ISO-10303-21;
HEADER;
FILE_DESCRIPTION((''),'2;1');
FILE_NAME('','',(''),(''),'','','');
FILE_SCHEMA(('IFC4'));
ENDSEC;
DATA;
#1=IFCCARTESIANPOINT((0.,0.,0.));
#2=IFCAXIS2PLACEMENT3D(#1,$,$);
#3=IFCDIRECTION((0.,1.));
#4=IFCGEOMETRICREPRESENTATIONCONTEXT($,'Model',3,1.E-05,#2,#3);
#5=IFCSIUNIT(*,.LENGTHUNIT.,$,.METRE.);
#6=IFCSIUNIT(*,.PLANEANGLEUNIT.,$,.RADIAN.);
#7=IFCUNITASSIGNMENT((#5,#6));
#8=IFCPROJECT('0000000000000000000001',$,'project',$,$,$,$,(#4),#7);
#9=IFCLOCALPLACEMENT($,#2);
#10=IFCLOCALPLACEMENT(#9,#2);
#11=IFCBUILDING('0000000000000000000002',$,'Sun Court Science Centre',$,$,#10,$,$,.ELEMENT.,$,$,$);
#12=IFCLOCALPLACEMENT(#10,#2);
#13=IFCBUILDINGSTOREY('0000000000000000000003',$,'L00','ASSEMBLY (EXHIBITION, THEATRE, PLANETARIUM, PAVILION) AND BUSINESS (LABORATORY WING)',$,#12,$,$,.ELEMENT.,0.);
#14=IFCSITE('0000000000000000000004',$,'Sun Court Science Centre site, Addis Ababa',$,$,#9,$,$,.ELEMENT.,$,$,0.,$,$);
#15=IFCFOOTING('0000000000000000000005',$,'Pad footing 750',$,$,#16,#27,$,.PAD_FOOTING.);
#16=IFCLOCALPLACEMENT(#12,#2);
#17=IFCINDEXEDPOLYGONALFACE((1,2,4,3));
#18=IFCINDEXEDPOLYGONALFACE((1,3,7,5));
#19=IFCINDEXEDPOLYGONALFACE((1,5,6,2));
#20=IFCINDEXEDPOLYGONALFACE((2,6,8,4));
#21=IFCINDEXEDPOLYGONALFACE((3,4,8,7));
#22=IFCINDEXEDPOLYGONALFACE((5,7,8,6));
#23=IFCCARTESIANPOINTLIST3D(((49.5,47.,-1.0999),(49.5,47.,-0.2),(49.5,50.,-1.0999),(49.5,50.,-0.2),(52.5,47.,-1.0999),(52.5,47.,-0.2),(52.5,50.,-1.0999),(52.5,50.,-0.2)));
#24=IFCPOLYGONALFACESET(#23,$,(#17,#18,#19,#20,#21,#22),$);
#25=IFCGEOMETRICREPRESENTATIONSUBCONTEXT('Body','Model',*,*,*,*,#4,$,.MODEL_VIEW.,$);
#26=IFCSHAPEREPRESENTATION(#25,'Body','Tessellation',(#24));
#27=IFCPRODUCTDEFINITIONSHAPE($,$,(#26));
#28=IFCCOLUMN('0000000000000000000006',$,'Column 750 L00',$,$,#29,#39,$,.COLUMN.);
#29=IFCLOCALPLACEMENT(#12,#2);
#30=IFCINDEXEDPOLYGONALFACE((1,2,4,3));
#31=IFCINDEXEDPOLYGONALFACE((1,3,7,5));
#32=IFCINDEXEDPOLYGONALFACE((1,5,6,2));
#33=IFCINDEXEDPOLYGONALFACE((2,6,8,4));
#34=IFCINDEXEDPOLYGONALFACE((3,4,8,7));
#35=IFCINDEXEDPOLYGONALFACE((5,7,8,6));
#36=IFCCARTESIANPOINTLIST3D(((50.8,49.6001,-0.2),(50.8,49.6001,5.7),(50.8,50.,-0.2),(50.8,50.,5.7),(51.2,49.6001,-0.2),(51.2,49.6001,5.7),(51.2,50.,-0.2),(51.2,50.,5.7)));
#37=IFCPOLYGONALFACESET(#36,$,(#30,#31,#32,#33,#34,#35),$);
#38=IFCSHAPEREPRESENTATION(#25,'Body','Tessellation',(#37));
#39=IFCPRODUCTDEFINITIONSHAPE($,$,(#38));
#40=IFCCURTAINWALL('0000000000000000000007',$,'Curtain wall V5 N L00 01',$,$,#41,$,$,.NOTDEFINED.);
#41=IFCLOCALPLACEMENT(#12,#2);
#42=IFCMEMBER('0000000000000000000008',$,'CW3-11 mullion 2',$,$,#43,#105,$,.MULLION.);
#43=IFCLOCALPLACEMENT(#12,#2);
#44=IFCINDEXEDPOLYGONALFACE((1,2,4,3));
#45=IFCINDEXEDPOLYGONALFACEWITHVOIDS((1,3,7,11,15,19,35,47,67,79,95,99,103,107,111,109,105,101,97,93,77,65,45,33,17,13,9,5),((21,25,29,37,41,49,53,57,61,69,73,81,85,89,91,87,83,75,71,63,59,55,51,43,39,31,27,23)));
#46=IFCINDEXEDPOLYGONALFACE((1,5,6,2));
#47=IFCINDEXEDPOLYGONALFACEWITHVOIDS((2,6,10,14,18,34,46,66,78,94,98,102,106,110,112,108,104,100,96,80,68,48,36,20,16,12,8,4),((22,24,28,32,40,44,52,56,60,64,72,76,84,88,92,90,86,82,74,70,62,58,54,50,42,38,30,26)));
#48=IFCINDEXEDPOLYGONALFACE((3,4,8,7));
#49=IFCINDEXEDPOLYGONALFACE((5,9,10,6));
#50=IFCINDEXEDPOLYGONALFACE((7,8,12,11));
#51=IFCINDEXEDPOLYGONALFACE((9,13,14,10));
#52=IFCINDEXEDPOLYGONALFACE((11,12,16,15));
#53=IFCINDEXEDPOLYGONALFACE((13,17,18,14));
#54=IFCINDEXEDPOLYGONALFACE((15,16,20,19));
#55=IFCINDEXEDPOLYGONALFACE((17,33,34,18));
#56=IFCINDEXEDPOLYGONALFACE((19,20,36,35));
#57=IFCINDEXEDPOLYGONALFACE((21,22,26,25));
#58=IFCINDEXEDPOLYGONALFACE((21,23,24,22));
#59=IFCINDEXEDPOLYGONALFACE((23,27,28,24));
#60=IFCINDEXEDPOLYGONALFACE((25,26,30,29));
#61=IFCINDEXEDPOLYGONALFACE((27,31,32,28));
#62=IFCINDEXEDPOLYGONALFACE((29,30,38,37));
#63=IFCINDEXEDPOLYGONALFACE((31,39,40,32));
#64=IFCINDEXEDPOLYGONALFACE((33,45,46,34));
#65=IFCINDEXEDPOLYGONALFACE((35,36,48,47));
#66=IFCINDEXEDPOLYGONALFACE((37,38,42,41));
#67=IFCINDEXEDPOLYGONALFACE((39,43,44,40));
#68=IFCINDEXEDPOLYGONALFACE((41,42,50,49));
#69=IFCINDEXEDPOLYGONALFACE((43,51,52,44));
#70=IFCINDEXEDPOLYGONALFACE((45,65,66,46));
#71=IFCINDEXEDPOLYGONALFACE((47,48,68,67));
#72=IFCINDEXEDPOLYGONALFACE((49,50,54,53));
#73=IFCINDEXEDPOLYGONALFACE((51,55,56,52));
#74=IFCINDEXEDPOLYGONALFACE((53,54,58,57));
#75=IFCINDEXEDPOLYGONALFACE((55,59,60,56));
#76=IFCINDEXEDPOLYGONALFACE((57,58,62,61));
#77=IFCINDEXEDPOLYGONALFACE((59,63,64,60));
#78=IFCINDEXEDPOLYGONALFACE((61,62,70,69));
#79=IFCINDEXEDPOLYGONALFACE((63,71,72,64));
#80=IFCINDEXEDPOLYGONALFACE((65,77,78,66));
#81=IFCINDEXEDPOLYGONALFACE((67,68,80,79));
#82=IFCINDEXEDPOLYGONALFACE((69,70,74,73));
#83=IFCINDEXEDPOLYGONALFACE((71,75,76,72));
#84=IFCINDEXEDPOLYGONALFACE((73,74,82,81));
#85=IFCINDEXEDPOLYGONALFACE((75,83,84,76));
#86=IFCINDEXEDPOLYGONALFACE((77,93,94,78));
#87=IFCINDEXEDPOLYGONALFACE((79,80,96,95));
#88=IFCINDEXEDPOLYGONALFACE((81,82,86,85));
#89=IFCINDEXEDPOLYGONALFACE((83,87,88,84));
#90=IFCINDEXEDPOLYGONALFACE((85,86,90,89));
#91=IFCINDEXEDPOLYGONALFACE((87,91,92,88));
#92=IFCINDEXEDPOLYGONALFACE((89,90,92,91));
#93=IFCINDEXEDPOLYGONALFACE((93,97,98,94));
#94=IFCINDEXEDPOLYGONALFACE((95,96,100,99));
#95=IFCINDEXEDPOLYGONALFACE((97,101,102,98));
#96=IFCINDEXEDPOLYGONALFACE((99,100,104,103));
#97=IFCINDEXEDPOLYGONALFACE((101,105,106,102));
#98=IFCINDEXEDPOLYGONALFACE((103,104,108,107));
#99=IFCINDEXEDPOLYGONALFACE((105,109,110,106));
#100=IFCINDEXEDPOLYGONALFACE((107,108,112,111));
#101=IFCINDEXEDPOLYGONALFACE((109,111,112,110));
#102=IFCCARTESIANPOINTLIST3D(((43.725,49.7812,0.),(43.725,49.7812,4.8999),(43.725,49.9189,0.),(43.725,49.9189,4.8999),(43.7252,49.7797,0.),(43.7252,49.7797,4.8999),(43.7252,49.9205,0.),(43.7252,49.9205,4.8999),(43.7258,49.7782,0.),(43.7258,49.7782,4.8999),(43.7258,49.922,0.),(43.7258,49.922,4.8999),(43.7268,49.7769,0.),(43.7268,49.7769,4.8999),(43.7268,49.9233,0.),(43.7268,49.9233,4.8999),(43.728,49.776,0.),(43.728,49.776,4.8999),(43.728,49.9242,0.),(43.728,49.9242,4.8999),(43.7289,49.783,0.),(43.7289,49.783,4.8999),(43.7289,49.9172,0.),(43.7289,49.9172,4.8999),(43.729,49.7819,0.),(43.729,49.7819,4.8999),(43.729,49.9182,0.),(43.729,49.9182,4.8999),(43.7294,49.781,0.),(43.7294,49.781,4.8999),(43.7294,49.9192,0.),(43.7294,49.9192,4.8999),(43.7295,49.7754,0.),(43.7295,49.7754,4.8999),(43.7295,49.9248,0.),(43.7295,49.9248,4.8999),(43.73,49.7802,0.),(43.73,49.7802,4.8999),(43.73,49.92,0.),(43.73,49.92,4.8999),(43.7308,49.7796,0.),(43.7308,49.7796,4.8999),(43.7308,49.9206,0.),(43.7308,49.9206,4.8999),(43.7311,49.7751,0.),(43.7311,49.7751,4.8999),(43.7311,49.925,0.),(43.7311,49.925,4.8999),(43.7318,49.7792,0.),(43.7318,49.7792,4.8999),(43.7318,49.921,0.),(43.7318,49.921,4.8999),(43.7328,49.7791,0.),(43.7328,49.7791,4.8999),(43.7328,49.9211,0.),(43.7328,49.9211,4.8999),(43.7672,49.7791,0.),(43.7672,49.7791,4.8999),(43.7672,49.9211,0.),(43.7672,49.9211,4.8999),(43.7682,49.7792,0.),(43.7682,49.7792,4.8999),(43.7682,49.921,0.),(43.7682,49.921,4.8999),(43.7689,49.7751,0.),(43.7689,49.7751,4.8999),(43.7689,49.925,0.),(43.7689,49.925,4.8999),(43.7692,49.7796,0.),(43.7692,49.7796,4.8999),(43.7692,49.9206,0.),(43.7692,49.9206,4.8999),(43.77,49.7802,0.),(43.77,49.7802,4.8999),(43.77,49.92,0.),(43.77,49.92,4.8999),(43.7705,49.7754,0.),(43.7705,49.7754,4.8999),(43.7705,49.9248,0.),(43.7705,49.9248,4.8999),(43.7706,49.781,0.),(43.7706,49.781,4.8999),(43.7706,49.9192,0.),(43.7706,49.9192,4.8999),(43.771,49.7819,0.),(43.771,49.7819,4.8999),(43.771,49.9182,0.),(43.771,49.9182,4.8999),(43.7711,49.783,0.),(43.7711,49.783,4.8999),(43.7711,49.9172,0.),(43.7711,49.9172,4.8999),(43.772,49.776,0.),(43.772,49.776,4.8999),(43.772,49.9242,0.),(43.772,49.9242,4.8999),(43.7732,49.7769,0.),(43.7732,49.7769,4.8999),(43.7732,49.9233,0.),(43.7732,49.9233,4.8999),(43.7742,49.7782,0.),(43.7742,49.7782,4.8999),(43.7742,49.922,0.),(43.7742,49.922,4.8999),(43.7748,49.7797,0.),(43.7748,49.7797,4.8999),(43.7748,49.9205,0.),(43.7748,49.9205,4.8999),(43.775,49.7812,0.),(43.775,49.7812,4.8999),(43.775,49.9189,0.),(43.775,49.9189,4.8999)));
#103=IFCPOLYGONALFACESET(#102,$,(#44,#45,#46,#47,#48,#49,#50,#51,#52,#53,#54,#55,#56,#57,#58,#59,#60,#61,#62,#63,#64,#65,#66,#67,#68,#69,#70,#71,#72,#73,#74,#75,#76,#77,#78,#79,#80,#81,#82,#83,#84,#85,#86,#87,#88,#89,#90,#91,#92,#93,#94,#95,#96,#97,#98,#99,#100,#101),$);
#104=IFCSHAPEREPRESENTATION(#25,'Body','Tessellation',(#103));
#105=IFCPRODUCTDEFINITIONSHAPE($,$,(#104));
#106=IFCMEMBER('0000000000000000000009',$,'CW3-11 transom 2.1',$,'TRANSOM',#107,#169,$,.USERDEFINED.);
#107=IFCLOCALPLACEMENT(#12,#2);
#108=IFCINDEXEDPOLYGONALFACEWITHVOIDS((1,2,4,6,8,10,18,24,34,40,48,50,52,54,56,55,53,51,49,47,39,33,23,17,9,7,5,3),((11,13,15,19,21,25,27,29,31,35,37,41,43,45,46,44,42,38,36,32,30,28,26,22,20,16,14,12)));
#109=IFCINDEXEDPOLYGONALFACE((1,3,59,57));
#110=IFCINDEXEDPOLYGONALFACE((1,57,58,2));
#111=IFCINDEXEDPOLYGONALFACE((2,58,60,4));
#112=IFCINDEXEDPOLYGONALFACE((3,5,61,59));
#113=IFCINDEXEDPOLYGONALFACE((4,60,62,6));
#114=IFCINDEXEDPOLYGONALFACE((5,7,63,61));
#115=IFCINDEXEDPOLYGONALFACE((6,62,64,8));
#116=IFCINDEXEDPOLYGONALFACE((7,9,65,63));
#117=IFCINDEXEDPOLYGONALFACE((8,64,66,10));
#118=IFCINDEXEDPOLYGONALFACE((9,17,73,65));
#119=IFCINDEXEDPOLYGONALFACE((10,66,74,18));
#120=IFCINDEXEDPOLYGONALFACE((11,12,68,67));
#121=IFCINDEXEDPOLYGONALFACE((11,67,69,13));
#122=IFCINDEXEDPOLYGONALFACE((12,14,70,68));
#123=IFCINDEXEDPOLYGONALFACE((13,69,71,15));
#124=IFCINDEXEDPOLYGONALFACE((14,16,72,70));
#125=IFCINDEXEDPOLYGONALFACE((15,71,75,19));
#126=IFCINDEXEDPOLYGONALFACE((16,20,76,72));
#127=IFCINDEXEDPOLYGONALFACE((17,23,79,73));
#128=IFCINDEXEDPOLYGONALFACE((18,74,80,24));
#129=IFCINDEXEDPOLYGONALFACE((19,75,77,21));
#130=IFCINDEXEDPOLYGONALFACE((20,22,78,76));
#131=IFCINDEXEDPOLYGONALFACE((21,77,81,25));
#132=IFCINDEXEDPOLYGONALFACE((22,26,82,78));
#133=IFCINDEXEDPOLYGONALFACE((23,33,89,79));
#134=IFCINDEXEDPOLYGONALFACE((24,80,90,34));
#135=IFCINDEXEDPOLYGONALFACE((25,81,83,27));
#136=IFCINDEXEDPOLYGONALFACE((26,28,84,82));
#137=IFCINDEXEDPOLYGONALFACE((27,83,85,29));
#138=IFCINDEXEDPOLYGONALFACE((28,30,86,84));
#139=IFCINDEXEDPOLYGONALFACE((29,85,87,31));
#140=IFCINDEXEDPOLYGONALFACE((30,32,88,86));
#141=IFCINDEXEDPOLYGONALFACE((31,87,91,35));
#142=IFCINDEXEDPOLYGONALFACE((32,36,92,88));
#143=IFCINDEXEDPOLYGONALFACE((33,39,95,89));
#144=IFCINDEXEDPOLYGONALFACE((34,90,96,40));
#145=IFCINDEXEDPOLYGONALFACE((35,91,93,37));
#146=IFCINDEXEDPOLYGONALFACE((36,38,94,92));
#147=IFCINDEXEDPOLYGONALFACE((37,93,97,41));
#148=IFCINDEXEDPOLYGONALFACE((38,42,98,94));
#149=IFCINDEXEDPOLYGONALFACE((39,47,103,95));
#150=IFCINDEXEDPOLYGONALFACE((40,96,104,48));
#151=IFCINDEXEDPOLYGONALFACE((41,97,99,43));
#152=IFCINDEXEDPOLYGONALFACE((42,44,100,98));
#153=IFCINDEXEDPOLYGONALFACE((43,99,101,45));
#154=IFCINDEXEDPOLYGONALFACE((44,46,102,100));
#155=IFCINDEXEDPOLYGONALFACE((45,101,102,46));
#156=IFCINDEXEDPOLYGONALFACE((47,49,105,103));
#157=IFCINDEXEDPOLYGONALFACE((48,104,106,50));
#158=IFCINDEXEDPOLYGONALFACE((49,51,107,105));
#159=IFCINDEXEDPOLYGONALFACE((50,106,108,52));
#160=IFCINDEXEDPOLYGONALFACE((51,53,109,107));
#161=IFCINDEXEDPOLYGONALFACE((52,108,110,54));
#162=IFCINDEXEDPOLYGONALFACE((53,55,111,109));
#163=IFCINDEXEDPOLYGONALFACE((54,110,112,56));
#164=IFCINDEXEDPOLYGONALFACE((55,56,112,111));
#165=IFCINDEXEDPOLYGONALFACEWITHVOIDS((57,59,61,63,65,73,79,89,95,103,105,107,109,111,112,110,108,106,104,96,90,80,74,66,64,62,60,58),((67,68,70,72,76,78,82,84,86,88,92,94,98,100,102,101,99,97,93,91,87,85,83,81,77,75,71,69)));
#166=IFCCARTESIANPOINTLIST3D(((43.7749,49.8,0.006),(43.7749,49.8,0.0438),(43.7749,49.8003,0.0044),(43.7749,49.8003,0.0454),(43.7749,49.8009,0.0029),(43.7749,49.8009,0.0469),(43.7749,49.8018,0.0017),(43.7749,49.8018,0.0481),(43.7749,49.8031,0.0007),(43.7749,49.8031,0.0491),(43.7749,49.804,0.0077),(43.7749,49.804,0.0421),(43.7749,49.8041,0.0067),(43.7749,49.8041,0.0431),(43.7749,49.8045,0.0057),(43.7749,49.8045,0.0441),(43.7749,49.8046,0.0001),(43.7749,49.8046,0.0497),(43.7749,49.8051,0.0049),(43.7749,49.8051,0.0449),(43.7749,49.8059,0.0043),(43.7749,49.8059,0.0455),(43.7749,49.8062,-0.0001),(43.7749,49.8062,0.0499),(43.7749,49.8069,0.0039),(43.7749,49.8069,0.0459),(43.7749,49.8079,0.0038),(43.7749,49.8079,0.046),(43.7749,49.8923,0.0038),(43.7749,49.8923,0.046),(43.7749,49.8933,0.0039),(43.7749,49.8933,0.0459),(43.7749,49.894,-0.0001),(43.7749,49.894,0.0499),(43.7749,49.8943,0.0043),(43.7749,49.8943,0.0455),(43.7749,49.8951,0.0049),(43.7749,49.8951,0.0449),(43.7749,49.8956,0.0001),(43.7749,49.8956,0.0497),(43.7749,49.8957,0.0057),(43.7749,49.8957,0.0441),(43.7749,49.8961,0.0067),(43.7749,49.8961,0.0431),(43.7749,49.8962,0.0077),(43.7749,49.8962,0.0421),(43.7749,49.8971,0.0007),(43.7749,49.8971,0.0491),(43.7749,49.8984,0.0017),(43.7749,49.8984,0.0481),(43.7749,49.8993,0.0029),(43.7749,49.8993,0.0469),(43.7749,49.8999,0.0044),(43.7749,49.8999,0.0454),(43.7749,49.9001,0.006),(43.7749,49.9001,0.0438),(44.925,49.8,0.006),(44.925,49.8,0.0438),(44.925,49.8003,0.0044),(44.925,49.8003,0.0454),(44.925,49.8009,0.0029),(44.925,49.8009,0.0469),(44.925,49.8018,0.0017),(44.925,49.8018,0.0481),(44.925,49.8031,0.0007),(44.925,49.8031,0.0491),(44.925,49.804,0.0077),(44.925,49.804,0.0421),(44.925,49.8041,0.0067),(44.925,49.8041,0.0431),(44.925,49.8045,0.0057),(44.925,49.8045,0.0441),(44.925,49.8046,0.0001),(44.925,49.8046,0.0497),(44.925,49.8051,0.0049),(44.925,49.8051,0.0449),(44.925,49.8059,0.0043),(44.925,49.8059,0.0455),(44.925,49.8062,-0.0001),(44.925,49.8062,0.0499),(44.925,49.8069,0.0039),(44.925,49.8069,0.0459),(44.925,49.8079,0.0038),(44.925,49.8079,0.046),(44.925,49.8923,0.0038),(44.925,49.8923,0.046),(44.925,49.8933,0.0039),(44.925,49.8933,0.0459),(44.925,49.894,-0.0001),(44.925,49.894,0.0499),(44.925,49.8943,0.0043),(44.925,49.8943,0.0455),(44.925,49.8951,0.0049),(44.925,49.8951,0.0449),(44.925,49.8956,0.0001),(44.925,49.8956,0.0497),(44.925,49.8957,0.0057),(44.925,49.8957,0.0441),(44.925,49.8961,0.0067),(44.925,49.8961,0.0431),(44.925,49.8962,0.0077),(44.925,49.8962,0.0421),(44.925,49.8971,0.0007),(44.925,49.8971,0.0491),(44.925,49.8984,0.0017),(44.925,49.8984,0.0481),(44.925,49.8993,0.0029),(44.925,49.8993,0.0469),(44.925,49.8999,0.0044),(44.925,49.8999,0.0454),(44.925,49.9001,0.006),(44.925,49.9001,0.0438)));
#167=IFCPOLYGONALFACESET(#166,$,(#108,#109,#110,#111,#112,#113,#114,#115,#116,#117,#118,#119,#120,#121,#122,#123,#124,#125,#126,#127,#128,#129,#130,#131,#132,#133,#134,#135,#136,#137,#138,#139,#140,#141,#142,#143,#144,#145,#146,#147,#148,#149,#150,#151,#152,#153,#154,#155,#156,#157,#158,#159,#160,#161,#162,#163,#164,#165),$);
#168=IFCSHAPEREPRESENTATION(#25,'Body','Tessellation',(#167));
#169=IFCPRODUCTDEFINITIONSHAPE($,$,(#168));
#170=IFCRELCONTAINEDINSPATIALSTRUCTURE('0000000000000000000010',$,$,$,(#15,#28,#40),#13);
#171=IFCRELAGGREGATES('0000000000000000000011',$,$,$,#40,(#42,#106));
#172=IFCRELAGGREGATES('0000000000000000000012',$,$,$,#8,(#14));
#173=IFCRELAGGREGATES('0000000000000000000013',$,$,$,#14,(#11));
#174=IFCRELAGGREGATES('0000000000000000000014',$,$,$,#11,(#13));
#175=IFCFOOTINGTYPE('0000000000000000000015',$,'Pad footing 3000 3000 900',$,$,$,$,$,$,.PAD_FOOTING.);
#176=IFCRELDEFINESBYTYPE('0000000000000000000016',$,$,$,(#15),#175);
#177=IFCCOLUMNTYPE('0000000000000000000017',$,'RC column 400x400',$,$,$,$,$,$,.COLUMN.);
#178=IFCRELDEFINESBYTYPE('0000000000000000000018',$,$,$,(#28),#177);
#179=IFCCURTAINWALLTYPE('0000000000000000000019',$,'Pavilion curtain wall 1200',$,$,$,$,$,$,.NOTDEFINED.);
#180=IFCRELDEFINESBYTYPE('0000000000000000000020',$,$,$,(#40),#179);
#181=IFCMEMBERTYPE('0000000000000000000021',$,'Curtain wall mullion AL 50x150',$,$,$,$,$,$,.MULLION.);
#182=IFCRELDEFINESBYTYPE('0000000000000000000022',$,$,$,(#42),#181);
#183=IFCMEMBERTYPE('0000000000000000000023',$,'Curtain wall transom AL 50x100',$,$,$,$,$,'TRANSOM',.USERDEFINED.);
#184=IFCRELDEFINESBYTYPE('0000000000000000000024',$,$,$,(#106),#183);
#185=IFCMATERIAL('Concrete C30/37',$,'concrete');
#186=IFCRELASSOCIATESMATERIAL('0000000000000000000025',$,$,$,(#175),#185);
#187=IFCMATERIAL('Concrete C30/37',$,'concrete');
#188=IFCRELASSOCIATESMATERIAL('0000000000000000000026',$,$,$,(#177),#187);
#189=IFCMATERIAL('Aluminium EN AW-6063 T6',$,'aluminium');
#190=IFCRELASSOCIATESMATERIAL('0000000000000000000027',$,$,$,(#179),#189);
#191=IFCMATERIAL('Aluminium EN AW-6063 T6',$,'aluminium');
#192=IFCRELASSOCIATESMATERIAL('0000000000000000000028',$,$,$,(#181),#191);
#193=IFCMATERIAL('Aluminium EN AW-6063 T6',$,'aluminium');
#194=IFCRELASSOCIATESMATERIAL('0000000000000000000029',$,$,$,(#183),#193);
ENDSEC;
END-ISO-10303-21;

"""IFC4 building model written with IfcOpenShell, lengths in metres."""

from ifc_helpers import new_model, si_unit, direction, frame, origin, origin_2d, place, context, subcontext, project, spatial, rectangle, hollow_rectangle, extrude, material, material_profile, profile_set, type_object, element, aggregate, save


model = new_model("IFC4")

# Units and contexts
model_context = context("Model", 3, precision=1e-05, world=origin(), true_north=direction((0.0, 1.0)))
body_context = subcontext(model_context, "Body", "Model", "MODEL_VIEW")
ifc_project = project(units=[si_unit("LENGTHUNIT", "METRE"), si_unit("PLANEANGLEUNIT", "RADIAN")], contexts=[model_context])

# Site, building, storey
site_placement = place(None, origin())
site = spatial("IfcSite", under=ifc_project, at=site_placement, Name="Sun Court Science Centre site, Addis Ababa", CompositionType="ELEMENT", RefElevation=0.0)
building_placement = place(site_placement, origin())
building = spatial("IfcBuilding", under=site, at=building_placement, Name="Sun Court Science Centre", CompositionType="ELEMENT")
storey_placement = place(building_placement, origin())
storey = spatial("IfcBuildingStorey", under=building, at=storey_placement, Name="L00", Description="ASSEMBLY (EXHIBITION, THEATRE, PLANETARIUM, PAVILION) AND BUSINESS (LABORATORY WING)", CompositionType="ELEMENT", Elevation=0.0)

# Footing
ifc_material_1 = material(Name="Concrete C30/37", Category="concrete")
footing_type = type_object("IfcFootingType", Name="Pad footing 3000 3000 900", PredefinedType="PAD_FOOTING", material=ifc_material_1)
footing_placement = place(storey_placement, frame((51.0, 48.5, -1.0999), z_axis=(0.0, 0.0, 1.0), x_axis=(1.0, 0.0, 0.0)))
element("IfcFooting", 1, at=footing_placement, inside=storey, type_object=footing_type, Name="Pad footing 750", PredefinedType="PAD_FOOTING", context=body_context, shape_type="SweptSolid", body=[
    extrude(rectangle(XDim=3.0, YDim=3.0, at=origin_2d()), origin(), (0.0, 0.0, 1.0), 0.8999),
])

# Column
ifc_material_2 = material(Name="Concrete C30/37", Category="concrete")
ifc_material_profile_1 = material_profile(ifc_material_2, rectangle(XDim=0.3999, YDim=0.3999, at=origin_2d()), Name="RC 400x400")
ifc_profile_set_1 = profile_set([ifc_material_profile_1], Name="Concrete C30/37")
column_type = type_object("IfcColumnType", Name="RC column 400x400", PredefinedType="COLUMN", material=ifc_profile_set_1)
column_placement = place(storey_placement, frame((51.0, 49.8, -0.2), z_axis=(0.0, 0.0, 1.0), x_axis=(1.0, 0.0, 0.0)))
element("IfcColumn", 2, at=column_placement, inside=storey, type_object=column_type, Name="Column 750 L00", PredefinedType="COLUMN", context=body_context, shape_type="SweptSolid", body=[
    extrude(rectangle(XDim=0.3999, YDim=0.3999, at=origin_2d()), origin(), (0.0, 0.0, 1.0), 5.8999),
])

# Curtain wall, members
ifc_material_3 = material(Name="Aluminium EN AW-6063 T6", Category="aluminium")
curtain_wall_type = type_object("IfcCurtainWallType", Name="Pavilion curtain wall 1200", PredefinedType="NOTDEFINED", material=ifc_material_3)
curtain_wall_placement = place(storey_placement, origin())
curtain_wall = element("IfcCurtainWall", 3, at=curtain_wall_placement, inside=storey, type_object=curtain_wall_type, Name="Curtain wall V5 N L00 01", PredefinedType="NOTDEFINED")
ifc_material_4 = material(Name="Aluminium EN AW-6063 T6", Category="aluminium")
ifc_material_profile_2 = material_profile(ifc_material_4, hollow_rectangle(XDim=0.05, YDim=0.1499, WallThickness=0.0039, InnerFilletRadius=0.0039, OuterFilletRadius=0.0061, at=origin_2d()), Name="AL 50x150x4")
ifc_profile_set_2 = profile_set([ifc_material_profile_2], Name="Aluminium EN AW-6063 T6")
member_type_1 = type_object("IfcMemberType", Name="Curtain wall mullion AL 50x150", PredefinedType="MULLION", material=ifc_profile_set_2)
member_1_placement = place(storey_placement, frame((43.75, 49.8501, 0.0), z_axis=(0.0, 0.0, 1.0), x_axis=(1.0, 0.0, 0.0)))
member_1 = element("IfcMember", 4, at=member_1_placement, type_object=member_type_1, Name="CW3-11 mullion 2", PredefinedType="MULLION", context=body_context, shape_type="SweptSolid", body=[
    extrude(hollow_rectangle(XDim=0.05, YDim=0.1499, WallThickness=0.0039, InnerFilletRadius=0.0039, OuterFilletRadius=0.0061, at=origin_2d()), origin(), (0.0, 0.0, 1.0), 4.8999),
])
ifc_material_5 = material(Name="Aluminium EN AW-6063 T6", Category="aluminium")
ifc_material_profile_3 = material_profile(ifc_material_5, hollow_rectangle(XDim=0.05, YDim=0.1001, WallThickness=0.0039, InnerFilletRadius=0.0039, OuterFilletRadius=0.0061, at=origin_2d()), Name="AL 50x100x4")
ifc_profile_set_3 = profile_set([ifc_material_profile_3], Name="Aluminium EN AW-6063 T6")
member_type_2 = type_object("IfcMemberType", Name="Curtain wall transom AL 50x100", ElementType="TRANSOM", PredefinedType="USERDEFINED", material=ifc_profile_set_3)
member_2_placement = place(storey_placement, frame((43.7749, 49.8501, 0.0249), z_axis=(1.0, 0.0, 0.0), x_axis=(0.0, 0.0, 1.0)))
member_2 = element("IfcMember", 5, at=member_2_placement, type_object=member_type_2, Name="CW3-11 transom 2.1", ObjectType="TRANSOM", PredefinedType="USERDEFINED", context=body_context, shape_type="SweptSolid", body=[
    extrude(hollow_rectangle(XDim=0.05, YDim=0.1001, WallThickness=0.0039, InnerFilletRadius=0.0039, OuterFilletRadius=0.0061, at=origin_2d()), origin(), (0.0, 0.0, 1.0), 1.1501),
])
aggregate(curtain_wall, [member_1, member_2])

save(model, "model.ifc")
